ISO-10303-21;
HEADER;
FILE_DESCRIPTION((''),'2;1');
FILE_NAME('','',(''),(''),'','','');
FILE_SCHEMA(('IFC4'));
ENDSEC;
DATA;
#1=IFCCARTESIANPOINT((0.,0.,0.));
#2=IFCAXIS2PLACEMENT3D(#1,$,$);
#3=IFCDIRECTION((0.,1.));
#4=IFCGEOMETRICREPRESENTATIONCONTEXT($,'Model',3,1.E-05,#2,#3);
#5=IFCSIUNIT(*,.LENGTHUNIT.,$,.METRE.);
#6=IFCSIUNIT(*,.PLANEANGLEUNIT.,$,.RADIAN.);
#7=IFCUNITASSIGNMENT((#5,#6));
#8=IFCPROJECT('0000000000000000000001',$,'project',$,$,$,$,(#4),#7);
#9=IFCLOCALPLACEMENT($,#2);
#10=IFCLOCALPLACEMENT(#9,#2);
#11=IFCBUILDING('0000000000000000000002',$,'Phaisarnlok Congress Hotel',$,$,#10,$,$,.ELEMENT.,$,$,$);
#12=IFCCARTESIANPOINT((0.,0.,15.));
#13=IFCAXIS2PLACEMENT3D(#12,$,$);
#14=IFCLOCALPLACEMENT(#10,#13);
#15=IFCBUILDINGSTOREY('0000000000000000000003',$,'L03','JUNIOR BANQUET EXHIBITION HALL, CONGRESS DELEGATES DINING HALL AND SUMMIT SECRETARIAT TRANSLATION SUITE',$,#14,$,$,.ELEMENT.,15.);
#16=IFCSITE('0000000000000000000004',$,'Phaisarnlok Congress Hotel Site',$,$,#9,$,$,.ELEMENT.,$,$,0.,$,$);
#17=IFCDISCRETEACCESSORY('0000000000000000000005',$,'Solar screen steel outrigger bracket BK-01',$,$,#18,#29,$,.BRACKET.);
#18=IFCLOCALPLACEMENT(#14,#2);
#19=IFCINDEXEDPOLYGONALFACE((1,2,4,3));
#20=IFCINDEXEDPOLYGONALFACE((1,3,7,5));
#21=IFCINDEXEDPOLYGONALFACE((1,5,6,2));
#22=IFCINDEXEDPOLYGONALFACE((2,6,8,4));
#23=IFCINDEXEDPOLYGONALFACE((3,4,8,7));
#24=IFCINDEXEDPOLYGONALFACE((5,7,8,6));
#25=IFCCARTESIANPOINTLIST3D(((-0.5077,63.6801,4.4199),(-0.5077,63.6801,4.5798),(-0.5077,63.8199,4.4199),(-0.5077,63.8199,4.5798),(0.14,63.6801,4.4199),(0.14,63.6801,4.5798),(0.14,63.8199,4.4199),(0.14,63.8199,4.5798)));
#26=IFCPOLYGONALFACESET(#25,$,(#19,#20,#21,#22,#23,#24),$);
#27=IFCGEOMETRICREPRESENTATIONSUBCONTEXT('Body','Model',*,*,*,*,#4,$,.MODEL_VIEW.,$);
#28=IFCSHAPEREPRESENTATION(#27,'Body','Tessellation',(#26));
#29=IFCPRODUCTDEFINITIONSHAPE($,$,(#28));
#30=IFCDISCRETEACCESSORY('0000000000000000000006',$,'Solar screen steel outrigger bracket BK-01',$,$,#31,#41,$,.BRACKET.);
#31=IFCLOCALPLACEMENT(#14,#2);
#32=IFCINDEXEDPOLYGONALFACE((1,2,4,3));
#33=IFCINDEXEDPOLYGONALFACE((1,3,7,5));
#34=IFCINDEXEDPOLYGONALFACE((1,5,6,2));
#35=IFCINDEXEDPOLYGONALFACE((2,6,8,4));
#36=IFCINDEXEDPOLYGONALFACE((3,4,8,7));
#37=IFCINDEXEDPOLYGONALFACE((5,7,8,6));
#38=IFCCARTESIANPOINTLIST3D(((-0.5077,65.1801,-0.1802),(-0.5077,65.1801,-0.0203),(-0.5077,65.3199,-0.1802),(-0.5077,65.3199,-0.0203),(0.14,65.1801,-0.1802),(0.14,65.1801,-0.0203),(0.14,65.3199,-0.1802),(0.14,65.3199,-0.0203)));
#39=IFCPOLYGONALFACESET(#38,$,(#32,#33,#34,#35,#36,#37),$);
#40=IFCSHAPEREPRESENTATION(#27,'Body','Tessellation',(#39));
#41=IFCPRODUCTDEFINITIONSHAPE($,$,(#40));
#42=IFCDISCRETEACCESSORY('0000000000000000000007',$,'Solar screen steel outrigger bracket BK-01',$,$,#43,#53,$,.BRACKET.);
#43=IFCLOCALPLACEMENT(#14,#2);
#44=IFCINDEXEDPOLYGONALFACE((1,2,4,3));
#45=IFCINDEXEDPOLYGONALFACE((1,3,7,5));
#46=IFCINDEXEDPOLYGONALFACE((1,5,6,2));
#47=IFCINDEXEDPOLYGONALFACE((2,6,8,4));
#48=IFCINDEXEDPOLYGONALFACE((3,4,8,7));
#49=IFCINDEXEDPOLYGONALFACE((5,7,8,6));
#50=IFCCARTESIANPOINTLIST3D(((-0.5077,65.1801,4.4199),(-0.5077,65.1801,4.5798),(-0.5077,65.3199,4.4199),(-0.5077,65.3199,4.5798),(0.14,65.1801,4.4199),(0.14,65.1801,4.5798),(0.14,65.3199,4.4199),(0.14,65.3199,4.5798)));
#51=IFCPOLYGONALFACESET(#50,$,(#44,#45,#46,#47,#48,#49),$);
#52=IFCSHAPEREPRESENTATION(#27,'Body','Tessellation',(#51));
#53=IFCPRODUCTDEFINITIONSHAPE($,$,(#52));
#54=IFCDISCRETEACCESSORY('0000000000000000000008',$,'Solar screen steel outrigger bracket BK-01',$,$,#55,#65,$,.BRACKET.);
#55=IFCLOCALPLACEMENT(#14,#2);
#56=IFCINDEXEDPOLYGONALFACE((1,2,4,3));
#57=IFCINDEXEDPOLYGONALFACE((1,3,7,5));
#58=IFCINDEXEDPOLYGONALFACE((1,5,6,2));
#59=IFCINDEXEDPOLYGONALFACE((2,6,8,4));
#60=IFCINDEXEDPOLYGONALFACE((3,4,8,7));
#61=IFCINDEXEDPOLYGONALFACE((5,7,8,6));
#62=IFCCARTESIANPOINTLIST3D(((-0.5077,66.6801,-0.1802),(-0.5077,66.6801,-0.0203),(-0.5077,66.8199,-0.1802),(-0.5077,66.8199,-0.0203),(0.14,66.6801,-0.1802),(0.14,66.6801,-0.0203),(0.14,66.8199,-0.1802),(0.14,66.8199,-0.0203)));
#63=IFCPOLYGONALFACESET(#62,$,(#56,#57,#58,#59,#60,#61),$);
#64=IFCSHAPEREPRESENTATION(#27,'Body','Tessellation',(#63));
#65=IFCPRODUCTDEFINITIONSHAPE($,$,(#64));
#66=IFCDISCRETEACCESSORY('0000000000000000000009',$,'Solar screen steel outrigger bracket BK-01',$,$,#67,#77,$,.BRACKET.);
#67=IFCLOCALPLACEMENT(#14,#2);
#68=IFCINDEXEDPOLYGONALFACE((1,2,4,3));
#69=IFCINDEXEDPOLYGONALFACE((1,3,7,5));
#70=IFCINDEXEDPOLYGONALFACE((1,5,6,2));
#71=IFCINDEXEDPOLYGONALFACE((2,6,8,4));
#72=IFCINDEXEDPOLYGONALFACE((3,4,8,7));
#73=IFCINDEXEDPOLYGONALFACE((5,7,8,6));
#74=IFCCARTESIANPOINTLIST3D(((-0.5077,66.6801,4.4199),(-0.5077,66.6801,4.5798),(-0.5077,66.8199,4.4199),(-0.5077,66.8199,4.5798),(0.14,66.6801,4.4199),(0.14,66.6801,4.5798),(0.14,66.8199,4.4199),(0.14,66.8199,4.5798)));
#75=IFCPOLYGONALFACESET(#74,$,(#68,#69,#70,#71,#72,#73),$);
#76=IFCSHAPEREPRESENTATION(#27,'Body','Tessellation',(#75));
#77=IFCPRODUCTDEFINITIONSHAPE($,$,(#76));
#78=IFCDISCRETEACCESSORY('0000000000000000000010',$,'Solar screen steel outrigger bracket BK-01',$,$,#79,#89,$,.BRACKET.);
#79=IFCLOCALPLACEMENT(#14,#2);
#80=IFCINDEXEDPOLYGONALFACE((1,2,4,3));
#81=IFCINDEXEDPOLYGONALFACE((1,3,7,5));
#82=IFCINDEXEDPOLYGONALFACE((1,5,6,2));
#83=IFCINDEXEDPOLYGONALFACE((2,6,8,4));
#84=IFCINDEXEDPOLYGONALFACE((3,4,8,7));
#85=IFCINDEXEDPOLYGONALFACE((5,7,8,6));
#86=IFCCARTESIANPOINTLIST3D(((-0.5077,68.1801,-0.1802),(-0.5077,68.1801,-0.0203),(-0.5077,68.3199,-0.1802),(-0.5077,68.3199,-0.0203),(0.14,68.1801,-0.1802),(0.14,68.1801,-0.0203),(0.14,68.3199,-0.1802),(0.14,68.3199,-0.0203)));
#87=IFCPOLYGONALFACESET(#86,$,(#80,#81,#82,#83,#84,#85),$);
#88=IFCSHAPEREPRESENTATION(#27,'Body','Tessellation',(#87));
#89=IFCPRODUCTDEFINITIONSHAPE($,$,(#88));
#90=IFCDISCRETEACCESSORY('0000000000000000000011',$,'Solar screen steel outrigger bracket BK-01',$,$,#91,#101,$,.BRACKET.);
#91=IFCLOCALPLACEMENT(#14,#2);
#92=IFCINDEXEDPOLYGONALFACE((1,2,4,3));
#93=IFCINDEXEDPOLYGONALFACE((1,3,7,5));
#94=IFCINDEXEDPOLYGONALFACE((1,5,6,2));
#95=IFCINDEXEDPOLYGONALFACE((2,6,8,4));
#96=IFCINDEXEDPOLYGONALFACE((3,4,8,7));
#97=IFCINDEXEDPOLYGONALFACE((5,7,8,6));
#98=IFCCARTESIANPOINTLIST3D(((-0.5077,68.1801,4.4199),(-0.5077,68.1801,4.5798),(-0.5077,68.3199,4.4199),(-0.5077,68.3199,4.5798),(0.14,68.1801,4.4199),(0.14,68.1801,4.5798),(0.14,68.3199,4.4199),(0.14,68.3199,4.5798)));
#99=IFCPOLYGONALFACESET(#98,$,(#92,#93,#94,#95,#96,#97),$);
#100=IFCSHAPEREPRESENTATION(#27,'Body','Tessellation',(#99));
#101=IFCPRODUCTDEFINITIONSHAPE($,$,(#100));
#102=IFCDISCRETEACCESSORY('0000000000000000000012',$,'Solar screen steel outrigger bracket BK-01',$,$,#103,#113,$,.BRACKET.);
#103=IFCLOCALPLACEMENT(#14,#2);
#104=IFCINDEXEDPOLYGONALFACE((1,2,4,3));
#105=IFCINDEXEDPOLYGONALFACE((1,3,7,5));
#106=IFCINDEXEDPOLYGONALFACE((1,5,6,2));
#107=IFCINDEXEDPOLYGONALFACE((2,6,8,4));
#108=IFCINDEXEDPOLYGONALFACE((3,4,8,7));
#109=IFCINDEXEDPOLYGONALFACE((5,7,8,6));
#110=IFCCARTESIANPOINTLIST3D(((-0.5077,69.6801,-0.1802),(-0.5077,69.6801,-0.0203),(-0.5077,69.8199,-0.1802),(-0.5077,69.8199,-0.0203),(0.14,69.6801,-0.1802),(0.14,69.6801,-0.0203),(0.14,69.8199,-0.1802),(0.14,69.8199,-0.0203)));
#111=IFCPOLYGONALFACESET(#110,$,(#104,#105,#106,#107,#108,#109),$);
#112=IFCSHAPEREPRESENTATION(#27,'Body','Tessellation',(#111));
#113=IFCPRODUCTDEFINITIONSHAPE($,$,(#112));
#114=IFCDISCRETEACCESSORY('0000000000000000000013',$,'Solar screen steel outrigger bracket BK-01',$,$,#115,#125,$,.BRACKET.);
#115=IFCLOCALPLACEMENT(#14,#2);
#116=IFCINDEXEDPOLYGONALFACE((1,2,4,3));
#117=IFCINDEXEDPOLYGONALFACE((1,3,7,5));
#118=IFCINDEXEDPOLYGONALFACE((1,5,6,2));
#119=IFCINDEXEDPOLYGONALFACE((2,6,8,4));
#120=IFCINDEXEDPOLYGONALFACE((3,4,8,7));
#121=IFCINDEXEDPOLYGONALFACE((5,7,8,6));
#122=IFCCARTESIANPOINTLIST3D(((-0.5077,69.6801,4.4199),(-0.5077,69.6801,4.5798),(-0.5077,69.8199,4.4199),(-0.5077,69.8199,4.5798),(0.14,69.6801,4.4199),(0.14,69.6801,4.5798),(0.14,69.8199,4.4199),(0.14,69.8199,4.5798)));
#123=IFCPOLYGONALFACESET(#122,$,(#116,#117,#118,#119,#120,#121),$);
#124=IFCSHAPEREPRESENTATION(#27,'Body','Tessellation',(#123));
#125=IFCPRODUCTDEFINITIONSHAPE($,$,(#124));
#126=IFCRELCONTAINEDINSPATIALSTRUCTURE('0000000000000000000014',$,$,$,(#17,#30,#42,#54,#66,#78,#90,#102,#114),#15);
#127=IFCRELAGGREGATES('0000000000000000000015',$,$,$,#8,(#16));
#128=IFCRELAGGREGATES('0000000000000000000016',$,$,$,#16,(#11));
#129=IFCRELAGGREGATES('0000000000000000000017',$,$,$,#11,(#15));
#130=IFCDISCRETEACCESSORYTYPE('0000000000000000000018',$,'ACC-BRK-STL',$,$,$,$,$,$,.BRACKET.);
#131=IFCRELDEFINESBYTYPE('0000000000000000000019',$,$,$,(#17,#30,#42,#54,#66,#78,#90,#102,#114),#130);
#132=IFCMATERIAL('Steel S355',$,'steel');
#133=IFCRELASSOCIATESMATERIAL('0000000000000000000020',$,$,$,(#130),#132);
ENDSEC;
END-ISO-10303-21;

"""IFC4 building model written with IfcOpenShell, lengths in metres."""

from ifc_helpers import new_model, si_unit, direction, frame, origin, origin_2d, place, context, subcontext, project, spatial, rectangle, extrude, material, type_object, element, save


model = new_model("IFC4")

# Units and contexts
model_context = context("Model", 3, precision=1e-05, world=origin(), true_north=direction((0.0, 1.0)))
body_context = subcontext(model_context, "Body", "Model", "MODEL_VIEW")
ifc_project = project(units=[si_unit("LENGTHUNIT", "METRE"), si_unit("PLANEANGLEUNIT", "RADIAN")], contexts=[model_context])

# Site, building, storey
site_placement = place(None, origin())
site = spatial("IfcSite", under=ifc_project, at=site_placement, Name="Phaisarnlok Congress Hotel Site", CompositionType="ELEMENT", RefElevation=0.0)
building_placement = place(site_placement, origin())
building = spatial("IfcBuilding", under=site, at=building_placement, Name="Phaisarnlok Congress Hotel", CompositionType="ELEMENT")
storey_placement = place(building_placement, frame((0.0, 0.0, 15.0)))
storey = spatial("IfcBuildingStorey", under=building, at=storey_placement, Name="L03", Description="JUNIOR BANQUET EXHIBITION HALL, CONGRESS DELEGATES DINING HALL AND SUMMIT SECRETARIAT TRANSLATION SUITE", CompositionType="ELEMENT", Elevation=15.0)

# Discrete accessories
ifc_material_1 = material(Name="Steel S355", Category="steel")
discrete_accessory_type = type_object("IfcDiscreteAccessoryType", Name="ACC-BRK-STL", PredefinedType="BRACKET", material=ifc_material_1)
for number, where, z_axis, x_axis, name in (
    (1, (-0.1838, 63.75, 4.4199), (0.0, 0.0, 1.0), (1.0, 0.0, 0.0), "Solar screen steel outrigger bracket BK-01"),
    (2, (-0.1838, 65.25, -0.1802), (0.0, 0.0, 1.0), (1.0, 0.0, 0.0), "Solar screen steel outrigger bracket BK-01"),
    (3, (-0.1838, 65.25, 4.4199), (0.0, 0.0, 1.0), (1.0, 0.0, 0.0), "Solar screen steel outrigger bracket BK-01"),
    (4, (-0.1838, 66.75, -0.1802), (0.0, 0.0, 1.0), (1.0, 0.0, 0.0), "Solar screen steel outrigger bracket BK-01"),
    (5, (-0.1838, 66.75, 4.4199), (0.0, 0.0, 1.0), (1.0, 0.0, 0.0), "Solar screen steel outrigger bracket BK-01"),
    (6, (-0.1838, 68.25, -0.1802), (0.0, 0.0, 1.0), (1.0, 0.0, 0.0), "Solar screen steel outrigger bracket BK-01"),
    (7, (-0.1838, 68.25, 4.4199), (0.0, 0.0, 1.0), (1.0, 0.0, 0.0), "Solar screen steel outrigger bracket BK-01"),
    (8, (-0.1838, 69.75, -0.1802), (0.0, 0.0, 1.0), (1.0, 0.0, 0.0), "Solar screen steel outrigger bracket BK-01"),
    (9, (-0.1838, 69.75, 4.4199), (0.0, 0.0, 1.0), (1.0, 0.0, 0.0), "Solar screen steel outrigger bracket BK-01"),
):
    element("IfcDiscreteAccessory", number, at=place(storey_placement, frame(where, z_axis=z_axis, x_axis=x_axis)), inside=storey, type_object=discrete_accessory_type, Name=name, PredefinedType="BRACKET", context=body_context, shape_type="SweptSolid", body=[
        extrude(rectangle(XDim=0.6477, YDim=0.1399, at=origin_2d()), origin(), (0.0, 0.0, 1.0), 0.1599),
    ])

save(model, "model.ifc")
